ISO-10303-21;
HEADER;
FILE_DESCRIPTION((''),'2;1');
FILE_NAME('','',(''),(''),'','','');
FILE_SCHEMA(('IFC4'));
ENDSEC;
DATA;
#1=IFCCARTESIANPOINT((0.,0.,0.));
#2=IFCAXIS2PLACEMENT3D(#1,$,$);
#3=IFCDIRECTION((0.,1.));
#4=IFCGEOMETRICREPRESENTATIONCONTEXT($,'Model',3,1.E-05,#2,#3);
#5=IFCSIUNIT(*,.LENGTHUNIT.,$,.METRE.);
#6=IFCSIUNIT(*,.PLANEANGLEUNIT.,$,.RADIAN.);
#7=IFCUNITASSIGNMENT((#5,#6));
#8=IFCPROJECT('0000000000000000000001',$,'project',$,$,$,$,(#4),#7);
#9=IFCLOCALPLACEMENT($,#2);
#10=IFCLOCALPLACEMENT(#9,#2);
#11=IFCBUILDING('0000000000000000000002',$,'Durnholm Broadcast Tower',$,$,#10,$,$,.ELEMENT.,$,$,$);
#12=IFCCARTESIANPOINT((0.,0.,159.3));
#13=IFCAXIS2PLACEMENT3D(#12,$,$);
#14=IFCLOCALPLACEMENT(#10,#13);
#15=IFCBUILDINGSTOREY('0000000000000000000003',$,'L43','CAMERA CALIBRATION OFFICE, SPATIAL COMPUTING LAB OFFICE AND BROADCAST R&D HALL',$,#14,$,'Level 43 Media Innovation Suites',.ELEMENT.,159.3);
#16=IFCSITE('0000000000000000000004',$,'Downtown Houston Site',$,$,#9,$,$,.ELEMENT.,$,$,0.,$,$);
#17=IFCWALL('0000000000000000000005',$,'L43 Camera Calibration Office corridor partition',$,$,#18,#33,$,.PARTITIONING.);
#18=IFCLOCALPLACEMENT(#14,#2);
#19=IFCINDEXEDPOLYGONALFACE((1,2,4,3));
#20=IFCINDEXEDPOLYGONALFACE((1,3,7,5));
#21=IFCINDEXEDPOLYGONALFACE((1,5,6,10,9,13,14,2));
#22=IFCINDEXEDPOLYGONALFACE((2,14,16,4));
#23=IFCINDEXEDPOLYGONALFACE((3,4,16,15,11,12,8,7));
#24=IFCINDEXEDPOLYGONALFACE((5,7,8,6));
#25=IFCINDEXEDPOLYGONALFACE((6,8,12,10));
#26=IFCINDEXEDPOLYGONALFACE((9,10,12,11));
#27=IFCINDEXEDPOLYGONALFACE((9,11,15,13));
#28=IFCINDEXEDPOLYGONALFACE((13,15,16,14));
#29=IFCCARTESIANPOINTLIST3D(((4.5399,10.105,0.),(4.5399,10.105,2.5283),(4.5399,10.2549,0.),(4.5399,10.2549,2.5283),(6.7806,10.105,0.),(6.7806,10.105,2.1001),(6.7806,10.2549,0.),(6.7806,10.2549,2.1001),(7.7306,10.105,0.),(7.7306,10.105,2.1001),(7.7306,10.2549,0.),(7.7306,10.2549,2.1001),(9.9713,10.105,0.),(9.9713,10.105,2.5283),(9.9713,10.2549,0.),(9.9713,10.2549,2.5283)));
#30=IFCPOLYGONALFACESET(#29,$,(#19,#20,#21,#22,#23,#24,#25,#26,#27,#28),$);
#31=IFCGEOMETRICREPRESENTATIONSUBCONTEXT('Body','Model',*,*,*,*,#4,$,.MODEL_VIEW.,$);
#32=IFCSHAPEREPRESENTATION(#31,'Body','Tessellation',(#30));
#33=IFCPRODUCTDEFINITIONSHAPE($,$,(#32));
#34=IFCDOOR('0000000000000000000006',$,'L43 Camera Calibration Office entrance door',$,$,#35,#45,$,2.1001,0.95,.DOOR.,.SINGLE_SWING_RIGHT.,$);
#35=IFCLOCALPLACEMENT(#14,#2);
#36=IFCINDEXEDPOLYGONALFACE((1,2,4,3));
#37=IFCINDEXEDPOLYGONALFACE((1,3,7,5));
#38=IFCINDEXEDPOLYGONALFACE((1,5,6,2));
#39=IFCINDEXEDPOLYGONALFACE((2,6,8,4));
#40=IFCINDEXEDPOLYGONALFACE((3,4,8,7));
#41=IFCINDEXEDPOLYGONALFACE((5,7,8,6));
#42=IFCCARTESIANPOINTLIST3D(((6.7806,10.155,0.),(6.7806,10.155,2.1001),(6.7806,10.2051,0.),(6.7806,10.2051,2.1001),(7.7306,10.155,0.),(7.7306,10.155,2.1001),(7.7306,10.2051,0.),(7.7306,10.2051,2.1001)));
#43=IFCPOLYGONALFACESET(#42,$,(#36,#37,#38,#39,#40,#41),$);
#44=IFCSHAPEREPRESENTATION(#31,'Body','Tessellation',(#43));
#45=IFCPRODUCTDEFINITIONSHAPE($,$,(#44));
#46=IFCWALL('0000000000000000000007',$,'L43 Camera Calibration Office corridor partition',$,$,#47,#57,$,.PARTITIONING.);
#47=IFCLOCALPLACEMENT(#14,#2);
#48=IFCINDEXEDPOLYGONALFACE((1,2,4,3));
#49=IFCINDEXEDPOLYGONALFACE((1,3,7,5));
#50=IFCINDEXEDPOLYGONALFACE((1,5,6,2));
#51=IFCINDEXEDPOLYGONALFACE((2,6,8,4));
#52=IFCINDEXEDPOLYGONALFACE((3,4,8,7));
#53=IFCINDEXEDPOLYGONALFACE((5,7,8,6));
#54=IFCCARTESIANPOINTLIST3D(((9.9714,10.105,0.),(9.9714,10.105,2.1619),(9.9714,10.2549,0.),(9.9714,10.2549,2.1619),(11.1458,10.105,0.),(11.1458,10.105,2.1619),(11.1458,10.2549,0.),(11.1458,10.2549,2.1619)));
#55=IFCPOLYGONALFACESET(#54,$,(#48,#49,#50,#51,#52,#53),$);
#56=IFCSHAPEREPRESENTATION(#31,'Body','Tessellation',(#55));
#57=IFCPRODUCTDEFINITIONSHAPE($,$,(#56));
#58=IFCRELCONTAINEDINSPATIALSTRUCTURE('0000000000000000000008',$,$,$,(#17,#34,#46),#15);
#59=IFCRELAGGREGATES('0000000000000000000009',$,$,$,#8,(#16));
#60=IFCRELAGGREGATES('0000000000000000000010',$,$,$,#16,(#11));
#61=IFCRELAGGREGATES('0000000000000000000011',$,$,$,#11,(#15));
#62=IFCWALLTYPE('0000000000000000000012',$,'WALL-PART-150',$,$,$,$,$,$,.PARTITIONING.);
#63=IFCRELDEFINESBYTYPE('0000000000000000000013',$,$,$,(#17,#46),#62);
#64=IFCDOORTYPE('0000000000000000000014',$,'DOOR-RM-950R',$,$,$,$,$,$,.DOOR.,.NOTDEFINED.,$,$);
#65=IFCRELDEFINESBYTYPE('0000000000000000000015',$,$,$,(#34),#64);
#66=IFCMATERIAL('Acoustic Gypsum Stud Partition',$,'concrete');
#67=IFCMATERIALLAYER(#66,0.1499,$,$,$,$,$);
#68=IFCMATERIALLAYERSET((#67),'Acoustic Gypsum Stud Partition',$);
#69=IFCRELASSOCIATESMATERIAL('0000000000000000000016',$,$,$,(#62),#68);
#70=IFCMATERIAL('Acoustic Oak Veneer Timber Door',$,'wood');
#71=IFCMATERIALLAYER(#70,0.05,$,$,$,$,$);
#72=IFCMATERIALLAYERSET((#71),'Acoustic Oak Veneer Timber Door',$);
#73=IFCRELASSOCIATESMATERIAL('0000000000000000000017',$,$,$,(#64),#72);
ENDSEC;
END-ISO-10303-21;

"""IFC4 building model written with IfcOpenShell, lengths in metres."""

from ifc_helpers import new_model, si_unit, direction, frame, frame_2d, origin, place, context, subcontext, project, spatial, rectangle, extrude, source, transform, mapped, material, layer, layer_set, type_object, type_shapes, element, fill, save


model = new_model("IFC4")

# Units and contexts
model_context = context("Model", 3, precision=1e-05, world=origin(), true_north=direction((0.0, 1.0)))
body_context = subcontext(model_context, "Body", "Model", "MODEL_VIEW")
ifc_project = project(units=[si_unit("LENGTHUNIT", "METRE"), si_unit("PLANEANGLEUNIT", "RADIAN")], contexts=[model_context])

# Site, building, storey
site_placement = place(None, origin())
site = spatial("IfcSite", under=ifc_project, at=site_placement, Name="Downtown Houston Site", CompositionType="ELEMENT", RefElevation=0.0)
building_placement = place(site_placement, origin())
building = spatial("IfcBuilding", under=site, at=building_placement, Name="Durnholm Broadcast Tower", CompositionType="ELEMENT")
storey_placement = place(building_placement, frame((0.0, 0.0, 159.3)))
storey = spatial("IfcBuildingStorey", under=building, at=storey_placement, Name="L43", Description="CAMERA CALIBRATION OFFICE, SPATIAL COMPUTING LAB OFFICE AND BROADCAST R&D HALL", LongName="Level 43 Media Innovation Suites", CompositionType="ELEMENT", Elevation=159.3)

# Shared definitions
ifc_material_1 = material(Name="Acoustic Gypsum Stud Partition", Category="concrete")
ifc_layer_1 = layer(ifc_material_1, 0.1499)
ifc_layer_set_1 = layer_set([ifc_layer_1], Name="Acoustic Gypsum Stud Partition")
wall_type_1 = type_object("IfcWallType", Name="WALL-PART-150", PredefinedType="PARTITIONING", material=ifc_layer_set_1)

# Wall, opening, door
wall_1_placement = place(storey_placement, frame((9.9714, 10.1799, 0.0), z_axis=(0.0, 0.0, 1.0), x_axis=(-1.0, 0.0, 0.0)))
wall_1 = element("IfcWall", 1, at=wall_1_placement, inside=storey, type_object=wall_type_1, Name="L43 Camera Calibration Office corridor partition", PredefinedType="PARTITIONING", context=body_context, shape_type="SweptSolid", body=[
    extrude(rectangle(XDim=5.4314, YDim=0.1499, at=frame_2d((2.7158, 0.0))), origin(), (0.0, 0.0, 1.0), 2.5283),
])
opening_placement = place(wall_1_placement, frame((2.2407, 0.0, 0.0)))
opening = element("IfcOpeningElement", 2, at=opening_placement, cuts=wall_1, PredefinedType="OPENING", context=body_context, shape_type="SweptSolid", body=[
    extrude(rectangle(XDim=0.95, YDim=2.1001, at=frame_2d((0.4751, 1.05))), frame((0.0, 0.085, 0.0), z_axis=(0.0, -1.0, 0.0), x_axis=(1.0, 0.0, 0.0)), (0.0, 0.0, 1.0), 0.1699),
])
ifc_material_2 = material(Name="Acoustic Oak Veneer Timber Door", Category="wood")
ifc_layer_2 = layer(ifc_material_2, 0.05)
ifc_layer_set_2 = layer_set([ifc_layer_2], Name="Acoustic Oak Veneer Timber Door")
door_type = type_object("IfcDoorType", Name="DOOR-RM-950R", OperationType="NOTDEFINED", PredefinedType="DOOR", material=ifc_layer_set_2)
shared_shape_1 = source(origin(), body_context, "Body", "SweptSolid", [
    extrude(rectangle(XDim=0.95, YDim=2.1001, at=frame_2d((0.4751, 1.05))), frame((0.0, 0.0249, 0.0), z_axis=(0.0, -1.0, 0.0), x_axis=(1.0, 0.0, 0.0)), (0.0, 0.0, 1.0), 0.05),
])
type_shapes(door_type, [shared_shape_1])
door_placement = place(opening_placement, origin())
door = element("IfcDoor", 3, at=door_placement, inside=storey, type_object=door_type, Name="L43 Camera Calibration Office entrance door", OperationType="SINGLE_SWING_RIGHT", OverallHeight=2.1001, OverallWidth=0.95, PredefinedType="DOOR", context=body_context, shape_type="MappedRepresentation", body=[
    mapped(shared_shape_1, transform((0.0, 0.0, 0.0), x_axis=(1.0, 0.0, 0.0), y_axis=(0.0, 1.0, 0.0), z_axis=(0.0, 0.0, 1.0), scale=1.0)),
])
fill(opening, door)

# Wall
wall_2_placement = place(storey_placement, frame((11.1458, 10.1799, 0.0), z_axis=(0.0, 0.0, 1.0), x_axis=(-1.0, 0.0, 0.0)))
element("IfcWall", 4, at=wall_2_placement, inside=storey, type_object=wall_type_1, Name="L43 Camera Calibration Office corridor partition", PredefinedType="PARTITIONING", context=body_context, shape_type="SweptSolid", body=[
    extrude(rectangle(XDim=1.1743, YDim=0.1499, at=frame_2d((0.5872, 0.0))), origin(), (0.0, 0.0, 1.0), 2.1619),
])

save(model, "model.ifc")
